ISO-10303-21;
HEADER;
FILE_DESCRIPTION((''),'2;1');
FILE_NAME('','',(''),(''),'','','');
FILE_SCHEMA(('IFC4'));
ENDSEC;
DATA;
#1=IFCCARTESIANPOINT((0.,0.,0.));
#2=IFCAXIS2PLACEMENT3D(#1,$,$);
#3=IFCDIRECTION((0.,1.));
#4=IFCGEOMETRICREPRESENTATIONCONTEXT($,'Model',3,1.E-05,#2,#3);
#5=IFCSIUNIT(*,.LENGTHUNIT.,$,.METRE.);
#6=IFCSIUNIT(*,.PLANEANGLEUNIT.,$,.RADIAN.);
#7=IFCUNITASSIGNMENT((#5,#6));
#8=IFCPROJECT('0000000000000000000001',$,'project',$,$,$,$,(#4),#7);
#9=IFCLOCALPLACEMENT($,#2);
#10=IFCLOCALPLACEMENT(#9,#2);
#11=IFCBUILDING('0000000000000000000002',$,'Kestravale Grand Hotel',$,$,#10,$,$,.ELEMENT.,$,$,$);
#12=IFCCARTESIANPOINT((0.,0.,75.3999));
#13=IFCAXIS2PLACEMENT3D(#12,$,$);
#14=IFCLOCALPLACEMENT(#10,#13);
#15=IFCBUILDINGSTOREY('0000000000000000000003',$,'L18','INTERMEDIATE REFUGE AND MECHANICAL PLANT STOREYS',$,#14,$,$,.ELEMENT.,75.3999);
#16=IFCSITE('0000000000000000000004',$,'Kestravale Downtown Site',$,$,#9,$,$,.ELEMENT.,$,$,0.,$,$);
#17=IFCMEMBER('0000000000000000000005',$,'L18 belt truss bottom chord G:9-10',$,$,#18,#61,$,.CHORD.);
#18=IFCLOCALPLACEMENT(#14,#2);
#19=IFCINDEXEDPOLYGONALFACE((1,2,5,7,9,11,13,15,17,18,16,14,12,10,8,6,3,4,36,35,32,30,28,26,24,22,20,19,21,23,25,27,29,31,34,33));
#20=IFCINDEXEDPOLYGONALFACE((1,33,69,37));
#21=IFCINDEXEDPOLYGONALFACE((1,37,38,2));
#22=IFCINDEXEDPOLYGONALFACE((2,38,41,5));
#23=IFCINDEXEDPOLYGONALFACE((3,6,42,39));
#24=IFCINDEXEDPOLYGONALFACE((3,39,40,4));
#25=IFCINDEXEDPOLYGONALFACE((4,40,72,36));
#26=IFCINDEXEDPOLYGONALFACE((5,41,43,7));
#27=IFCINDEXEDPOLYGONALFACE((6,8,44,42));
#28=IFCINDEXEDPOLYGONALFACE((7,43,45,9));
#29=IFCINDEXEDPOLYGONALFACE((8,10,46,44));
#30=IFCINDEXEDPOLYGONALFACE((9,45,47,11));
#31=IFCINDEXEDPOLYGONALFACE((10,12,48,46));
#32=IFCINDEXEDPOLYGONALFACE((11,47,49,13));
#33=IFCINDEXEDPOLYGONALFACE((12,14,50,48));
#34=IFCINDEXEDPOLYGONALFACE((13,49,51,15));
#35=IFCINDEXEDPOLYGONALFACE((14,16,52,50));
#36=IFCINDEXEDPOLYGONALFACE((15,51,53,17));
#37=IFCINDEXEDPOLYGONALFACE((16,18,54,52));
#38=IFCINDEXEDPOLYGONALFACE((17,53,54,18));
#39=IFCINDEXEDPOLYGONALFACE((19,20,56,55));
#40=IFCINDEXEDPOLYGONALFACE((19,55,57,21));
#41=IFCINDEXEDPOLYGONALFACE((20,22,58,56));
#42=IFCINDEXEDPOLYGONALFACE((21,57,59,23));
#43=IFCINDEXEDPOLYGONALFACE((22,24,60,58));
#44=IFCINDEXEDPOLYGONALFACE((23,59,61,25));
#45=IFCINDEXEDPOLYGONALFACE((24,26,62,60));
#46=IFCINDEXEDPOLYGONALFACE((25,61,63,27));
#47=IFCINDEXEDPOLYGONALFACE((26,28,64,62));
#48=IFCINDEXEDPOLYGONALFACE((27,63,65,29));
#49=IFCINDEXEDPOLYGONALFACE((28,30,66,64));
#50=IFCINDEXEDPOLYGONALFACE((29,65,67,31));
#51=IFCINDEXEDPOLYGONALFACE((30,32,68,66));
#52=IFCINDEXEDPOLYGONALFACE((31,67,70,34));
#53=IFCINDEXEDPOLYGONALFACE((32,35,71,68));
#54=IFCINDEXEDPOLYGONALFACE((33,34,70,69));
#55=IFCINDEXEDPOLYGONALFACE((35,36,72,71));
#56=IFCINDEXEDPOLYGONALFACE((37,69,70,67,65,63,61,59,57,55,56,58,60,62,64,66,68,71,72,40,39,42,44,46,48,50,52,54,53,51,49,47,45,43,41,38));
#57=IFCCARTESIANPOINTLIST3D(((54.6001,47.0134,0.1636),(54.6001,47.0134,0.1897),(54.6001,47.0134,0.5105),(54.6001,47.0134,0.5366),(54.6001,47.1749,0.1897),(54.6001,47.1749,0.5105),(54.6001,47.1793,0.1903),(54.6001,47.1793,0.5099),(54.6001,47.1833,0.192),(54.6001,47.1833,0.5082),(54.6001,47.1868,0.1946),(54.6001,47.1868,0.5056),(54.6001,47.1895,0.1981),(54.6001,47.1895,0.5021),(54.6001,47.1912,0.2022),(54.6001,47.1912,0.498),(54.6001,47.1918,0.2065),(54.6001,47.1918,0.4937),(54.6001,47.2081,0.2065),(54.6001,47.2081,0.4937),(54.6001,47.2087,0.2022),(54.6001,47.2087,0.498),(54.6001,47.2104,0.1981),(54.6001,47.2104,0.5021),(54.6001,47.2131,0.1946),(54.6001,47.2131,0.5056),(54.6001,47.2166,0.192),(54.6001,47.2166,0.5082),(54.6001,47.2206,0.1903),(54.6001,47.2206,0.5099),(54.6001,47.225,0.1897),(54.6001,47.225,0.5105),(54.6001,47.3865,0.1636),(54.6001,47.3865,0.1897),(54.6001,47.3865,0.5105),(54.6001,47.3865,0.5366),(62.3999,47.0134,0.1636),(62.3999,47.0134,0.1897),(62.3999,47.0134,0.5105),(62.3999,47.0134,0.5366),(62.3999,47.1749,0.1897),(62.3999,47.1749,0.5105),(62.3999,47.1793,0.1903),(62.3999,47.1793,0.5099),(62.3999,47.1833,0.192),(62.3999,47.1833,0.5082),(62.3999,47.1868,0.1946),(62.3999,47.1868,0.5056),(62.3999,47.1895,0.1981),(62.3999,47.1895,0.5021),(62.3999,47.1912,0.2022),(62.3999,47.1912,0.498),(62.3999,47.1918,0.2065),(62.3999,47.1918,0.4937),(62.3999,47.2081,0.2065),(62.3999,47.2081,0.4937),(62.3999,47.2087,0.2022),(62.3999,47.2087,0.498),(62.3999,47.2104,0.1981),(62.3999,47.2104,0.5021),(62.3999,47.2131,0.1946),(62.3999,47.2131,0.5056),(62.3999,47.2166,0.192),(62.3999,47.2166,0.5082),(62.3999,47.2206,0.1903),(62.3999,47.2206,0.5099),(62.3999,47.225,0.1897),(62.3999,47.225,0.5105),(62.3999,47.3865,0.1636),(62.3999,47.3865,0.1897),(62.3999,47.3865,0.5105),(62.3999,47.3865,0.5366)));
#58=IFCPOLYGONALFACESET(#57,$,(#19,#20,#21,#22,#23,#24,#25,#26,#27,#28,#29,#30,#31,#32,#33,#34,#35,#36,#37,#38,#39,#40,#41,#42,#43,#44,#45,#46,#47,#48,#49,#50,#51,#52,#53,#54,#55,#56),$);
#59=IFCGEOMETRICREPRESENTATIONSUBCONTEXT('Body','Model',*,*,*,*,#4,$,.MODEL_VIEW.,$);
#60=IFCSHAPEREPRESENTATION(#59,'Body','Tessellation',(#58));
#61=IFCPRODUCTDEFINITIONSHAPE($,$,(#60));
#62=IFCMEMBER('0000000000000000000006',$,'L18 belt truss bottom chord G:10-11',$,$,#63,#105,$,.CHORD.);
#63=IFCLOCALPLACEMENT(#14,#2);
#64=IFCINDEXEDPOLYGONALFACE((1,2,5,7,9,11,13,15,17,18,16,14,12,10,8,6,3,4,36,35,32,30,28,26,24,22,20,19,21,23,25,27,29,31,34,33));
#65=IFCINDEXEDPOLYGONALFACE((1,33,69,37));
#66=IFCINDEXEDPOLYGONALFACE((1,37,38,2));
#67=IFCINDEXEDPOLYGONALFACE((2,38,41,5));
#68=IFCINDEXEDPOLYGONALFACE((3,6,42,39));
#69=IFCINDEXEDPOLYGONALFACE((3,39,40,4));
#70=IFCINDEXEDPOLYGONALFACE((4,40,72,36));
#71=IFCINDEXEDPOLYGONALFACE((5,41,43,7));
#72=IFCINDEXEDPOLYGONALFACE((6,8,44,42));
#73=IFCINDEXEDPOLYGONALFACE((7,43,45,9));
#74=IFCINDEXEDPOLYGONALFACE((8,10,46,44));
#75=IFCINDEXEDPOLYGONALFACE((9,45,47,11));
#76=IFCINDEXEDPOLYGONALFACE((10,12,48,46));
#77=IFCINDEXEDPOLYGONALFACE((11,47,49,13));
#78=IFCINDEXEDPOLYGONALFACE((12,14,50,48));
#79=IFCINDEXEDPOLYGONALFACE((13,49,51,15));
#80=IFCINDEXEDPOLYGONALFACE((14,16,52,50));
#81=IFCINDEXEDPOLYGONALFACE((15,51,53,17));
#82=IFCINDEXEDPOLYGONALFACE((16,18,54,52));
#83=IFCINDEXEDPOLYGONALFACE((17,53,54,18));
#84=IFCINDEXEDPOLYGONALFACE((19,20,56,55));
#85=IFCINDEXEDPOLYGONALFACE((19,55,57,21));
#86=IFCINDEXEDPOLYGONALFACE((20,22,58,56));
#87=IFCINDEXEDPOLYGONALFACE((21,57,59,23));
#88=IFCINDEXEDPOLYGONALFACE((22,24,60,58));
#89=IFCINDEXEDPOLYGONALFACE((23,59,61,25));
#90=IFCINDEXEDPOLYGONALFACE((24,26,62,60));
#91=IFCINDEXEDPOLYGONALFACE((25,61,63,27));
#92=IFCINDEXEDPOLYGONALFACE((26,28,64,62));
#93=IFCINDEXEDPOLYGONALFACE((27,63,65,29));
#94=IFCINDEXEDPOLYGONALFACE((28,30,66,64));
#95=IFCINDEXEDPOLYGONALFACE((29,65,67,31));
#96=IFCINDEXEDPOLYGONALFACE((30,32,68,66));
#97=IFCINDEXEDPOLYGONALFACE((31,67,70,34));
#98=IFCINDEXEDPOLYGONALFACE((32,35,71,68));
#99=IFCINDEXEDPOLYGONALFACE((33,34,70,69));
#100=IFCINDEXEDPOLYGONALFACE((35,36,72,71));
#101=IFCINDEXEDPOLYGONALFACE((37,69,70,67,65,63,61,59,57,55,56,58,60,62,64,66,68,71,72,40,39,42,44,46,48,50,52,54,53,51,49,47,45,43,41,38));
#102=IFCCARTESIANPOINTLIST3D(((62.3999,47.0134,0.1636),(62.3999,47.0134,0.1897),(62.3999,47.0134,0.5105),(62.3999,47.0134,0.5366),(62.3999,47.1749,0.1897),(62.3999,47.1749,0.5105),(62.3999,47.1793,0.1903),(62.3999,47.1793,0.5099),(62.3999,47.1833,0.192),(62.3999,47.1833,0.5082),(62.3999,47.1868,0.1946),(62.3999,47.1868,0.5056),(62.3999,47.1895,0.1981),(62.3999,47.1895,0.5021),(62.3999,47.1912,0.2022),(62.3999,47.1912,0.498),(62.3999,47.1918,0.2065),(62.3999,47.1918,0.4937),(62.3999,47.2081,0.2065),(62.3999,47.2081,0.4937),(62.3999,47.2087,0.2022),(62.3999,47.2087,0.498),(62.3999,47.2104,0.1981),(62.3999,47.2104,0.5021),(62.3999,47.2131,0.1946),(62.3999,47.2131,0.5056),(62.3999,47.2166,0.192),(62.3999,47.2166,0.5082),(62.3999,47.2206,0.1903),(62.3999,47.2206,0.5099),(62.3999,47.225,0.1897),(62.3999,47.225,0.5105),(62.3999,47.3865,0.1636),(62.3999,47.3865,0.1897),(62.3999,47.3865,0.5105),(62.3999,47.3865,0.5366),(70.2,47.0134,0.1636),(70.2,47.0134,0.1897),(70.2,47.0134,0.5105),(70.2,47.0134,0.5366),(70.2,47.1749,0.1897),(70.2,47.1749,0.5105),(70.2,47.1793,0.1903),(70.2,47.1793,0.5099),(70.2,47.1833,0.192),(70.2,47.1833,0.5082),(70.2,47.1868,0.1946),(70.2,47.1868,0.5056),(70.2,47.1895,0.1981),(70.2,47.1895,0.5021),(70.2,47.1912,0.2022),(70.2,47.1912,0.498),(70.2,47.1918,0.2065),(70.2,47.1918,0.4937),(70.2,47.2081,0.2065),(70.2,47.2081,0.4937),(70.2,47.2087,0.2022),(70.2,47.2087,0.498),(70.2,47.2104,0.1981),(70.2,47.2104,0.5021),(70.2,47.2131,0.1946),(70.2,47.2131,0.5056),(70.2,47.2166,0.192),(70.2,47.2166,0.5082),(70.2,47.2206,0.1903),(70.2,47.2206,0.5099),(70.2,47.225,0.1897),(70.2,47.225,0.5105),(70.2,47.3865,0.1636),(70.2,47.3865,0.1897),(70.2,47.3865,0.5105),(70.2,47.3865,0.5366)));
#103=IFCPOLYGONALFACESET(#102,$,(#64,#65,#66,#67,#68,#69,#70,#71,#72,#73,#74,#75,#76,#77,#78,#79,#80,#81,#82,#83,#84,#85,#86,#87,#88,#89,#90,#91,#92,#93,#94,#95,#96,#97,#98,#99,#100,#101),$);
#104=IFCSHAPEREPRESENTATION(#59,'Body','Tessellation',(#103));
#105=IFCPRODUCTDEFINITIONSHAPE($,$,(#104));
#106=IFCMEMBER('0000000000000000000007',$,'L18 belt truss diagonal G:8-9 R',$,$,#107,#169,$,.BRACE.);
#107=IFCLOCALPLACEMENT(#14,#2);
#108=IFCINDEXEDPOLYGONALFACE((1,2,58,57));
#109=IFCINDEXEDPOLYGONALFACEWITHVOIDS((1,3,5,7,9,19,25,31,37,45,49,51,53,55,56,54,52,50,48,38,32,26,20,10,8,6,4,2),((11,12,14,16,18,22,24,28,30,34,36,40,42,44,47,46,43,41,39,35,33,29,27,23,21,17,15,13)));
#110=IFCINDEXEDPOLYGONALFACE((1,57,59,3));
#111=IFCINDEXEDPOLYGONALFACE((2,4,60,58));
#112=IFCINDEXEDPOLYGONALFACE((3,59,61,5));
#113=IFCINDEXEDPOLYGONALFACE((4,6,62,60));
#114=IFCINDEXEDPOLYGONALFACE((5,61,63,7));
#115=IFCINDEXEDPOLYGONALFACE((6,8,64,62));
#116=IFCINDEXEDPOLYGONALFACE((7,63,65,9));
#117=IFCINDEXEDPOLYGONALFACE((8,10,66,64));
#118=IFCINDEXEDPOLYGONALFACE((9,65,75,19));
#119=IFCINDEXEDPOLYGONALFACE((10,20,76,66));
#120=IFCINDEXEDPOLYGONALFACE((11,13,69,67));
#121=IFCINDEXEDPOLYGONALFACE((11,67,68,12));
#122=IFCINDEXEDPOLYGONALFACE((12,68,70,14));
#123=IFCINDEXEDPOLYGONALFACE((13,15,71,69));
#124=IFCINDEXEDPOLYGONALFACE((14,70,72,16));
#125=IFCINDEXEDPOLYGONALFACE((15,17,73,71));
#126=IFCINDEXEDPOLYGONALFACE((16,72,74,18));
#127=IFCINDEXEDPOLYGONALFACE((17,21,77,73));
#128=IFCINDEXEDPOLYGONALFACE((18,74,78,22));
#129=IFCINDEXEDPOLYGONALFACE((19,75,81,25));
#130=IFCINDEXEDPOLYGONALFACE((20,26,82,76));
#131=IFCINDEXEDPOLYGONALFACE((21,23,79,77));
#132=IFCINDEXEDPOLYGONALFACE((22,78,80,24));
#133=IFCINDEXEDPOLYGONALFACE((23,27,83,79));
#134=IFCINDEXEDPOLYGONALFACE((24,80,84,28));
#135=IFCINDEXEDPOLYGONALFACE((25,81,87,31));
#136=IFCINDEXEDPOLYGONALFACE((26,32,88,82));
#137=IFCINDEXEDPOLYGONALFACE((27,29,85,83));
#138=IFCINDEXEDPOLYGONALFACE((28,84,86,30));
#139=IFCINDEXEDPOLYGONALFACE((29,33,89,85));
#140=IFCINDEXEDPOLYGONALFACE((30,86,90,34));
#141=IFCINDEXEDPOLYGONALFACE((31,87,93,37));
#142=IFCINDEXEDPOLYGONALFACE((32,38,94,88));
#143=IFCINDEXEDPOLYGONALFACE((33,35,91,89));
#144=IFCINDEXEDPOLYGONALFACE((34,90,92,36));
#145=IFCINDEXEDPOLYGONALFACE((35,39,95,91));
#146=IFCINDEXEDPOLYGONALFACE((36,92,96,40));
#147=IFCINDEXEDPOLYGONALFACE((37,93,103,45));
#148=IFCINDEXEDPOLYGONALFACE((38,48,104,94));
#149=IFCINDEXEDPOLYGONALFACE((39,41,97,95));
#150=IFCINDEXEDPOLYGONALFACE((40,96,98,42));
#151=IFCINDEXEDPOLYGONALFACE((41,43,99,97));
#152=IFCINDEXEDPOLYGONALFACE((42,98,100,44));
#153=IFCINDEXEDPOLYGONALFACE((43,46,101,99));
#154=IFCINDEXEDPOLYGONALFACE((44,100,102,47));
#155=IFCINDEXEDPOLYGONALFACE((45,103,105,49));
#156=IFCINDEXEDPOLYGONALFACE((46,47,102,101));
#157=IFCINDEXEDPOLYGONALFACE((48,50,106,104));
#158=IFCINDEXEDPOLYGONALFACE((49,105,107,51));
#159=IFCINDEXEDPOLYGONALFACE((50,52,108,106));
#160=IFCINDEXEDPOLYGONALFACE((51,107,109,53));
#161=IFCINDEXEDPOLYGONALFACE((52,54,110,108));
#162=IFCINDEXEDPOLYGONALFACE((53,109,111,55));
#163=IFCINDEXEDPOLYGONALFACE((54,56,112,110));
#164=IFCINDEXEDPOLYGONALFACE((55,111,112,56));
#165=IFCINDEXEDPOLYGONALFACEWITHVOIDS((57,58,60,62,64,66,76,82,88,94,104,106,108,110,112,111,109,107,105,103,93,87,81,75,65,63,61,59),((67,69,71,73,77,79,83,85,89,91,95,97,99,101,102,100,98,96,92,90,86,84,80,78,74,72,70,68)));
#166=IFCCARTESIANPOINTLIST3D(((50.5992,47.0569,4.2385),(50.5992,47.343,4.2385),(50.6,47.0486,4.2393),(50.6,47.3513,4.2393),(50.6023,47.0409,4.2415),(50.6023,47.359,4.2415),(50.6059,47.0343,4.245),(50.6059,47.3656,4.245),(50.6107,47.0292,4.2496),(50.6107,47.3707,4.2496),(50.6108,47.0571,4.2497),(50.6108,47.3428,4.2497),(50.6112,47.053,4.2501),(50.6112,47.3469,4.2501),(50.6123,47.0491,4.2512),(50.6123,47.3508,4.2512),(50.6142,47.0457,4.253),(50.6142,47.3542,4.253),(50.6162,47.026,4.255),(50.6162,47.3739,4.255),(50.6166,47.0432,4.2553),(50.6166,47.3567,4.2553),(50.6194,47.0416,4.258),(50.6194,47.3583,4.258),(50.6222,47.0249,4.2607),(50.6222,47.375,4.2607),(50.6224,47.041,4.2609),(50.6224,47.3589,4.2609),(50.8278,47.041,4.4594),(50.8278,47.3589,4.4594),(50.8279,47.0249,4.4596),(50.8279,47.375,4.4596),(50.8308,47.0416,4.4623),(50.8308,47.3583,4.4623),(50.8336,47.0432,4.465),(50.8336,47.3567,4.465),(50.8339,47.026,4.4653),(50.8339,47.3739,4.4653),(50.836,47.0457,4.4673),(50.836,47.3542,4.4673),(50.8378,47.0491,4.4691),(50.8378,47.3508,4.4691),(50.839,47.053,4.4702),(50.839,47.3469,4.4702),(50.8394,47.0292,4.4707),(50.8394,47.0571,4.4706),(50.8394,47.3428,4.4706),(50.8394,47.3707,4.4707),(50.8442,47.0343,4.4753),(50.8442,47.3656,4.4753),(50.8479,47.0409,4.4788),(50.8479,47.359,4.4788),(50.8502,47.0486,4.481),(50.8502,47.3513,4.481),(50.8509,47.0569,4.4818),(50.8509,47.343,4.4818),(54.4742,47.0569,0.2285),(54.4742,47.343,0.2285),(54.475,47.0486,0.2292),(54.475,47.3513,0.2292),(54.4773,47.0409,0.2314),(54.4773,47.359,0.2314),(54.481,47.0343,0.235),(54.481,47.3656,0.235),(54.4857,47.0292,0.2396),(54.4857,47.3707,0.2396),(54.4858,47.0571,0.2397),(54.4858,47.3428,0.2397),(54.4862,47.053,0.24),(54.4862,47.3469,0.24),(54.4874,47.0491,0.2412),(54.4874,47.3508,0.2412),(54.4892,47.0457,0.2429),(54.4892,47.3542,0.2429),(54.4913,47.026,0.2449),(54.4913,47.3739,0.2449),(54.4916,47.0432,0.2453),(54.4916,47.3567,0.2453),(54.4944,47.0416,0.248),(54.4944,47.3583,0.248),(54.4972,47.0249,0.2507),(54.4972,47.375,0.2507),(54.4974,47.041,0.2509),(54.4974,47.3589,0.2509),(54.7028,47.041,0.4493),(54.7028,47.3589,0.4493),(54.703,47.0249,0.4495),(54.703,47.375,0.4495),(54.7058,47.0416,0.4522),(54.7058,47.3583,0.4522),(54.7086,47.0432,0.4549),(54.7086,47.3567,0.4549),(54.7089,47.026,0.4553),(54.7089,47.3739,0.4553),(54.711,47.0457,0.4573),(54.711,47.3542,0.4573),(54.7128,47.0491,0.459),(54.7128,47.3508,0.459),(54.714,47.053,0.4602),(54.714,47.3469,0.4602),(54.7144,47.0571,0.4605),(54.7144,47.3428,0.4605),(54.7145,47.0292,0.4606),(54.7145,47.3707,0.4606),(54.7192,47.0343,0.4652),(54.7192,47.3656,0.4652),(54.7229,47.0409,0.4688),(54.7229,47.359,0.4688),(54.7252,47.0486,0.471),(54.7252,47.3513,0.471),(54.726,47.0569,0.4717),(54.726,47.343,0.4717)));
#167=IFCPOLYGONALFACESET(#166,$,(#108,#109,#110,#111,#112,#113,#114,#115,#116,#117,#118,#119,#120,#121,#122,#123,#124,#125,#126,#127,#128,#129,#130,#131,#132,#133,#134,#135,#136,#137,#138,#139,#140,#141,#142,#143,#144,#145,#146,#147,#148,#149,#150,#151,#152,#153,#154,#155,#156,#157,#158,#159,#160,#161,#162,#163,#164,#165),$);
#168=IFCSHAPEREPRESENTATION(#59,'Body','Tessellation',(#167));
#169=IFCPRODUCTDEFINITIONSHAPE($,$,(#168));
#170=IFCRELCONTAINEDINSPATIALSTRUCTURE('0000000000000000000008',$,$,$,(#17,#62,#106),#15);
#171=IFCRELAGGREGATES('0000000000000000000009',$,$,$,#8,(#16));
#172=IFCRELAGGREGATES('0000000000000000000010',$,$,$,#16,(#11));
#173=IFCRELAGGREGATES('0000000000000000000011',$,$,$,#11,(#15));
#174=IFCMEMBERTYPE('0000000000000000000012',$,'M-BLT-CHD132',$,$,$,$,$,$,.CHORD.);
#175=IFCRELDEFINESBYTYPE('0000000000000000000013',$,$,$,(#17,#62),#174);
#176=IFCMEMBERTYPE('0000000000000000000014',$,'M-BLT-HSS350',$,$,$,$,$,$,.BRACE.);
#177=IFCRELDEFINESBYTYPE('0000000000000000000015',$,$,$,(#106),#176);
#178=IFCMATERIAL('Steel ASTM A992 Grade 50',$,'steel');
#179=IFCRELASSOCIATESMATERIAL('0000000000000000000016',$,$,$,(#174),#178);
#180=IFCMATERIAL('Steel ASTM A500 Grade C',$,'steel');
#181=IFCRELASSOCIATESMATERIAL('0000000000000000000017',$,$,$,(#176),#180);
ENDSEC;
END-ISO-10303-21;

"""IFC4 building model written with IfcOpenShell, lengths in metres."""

from ifc_helpers import new_model, si_unit, direction, frame, origin, origin_2d, place, context, subcontext, project, spatial, hollow_rectangle, i_section, extrude, material, material_profile, profile_set, type_object, element, save


model = new_model("IFC4")

# Units and contexts
model_context = context("Model", 3, precision=1e-05, world=origin(), true_north=direction((0.0, 1.0)))
body_context = subcontext(model_context, "Body", "Model", "MODEL_VIEW")
ifc_project = project(units=[si_unit("LENGTHUNIT", "METRE"), si_unit("PLANEANGLEUNIT", "RADIAN")], contexts=[model_context])

# Site, building, storey
site_placement = place(None, origin())
site = spatial("IfcSite", under=ifc_project, at=site_placement, Name="Kestravale Downtown Site", CompositionType="ELEMENT", RefElevation=0.0)
building_placement = place(site_placement, origin())
building = spatial("IfcBuilding", under=site, at=building_placement, Name="Kestravale Grand Hotel", CompositionType="ELEMENT")
storey_placement = place(building_placement, frame((0.0, 0.0, 75.3999)))
storey = spatial("IfcBuildingStorey", under=building, at=storey_placement, Name="L18", Description="INTERMEDIATE REFUGE AND MECHANICAL PLANT STOREYS", CompositionType="ELEMENT", Elevation=75.3999)

# Members
ifc_material_1 = material(Name="Steel ASTM A992 Grade 50", Category="steel")
ifc_material_profile_1 = material_profile(ifc_material_1, i_section(OverallWidth=0.373, OverallDepth=0.373, WebThickness=0.0164, FlangeThickness=0.0261, FilletRadius=0.0168, at=origin_2d()))
ifc_profile_set_1 = profile_set([ifc_material_profile_1], Name="Steel ASTM A992 Grade 50")
member_type_1 = type_object("IfcMemberType", Name="M-BLT-CHD132", PredefinedType="CHORD", material=ifc_profile_set_1)
member_1_placement = place(storey_placement, frame((54.6001, 47.2, 0.3501), z_axis=(1.0, 0.0, 0.0), x_axis=(0.0, 1.0, 0.0)))
element("IfcMember", 1, at=member_1_placement, inside=storey, type_object=member_type_1, Name="L18 belt truss bottom chord G:9-10", PredefinedType="CHORD", context=body_context, shape_type="SweptSolid", body=[
    extrude(i_section(OverallWidth=0.373, OverallDepth=0.373, WebThickness=0.0164, FlangeThickness=0.0261, FilletRadius=0.0168, at=origin_2d()), origin(), (0.0, 0.0, 1.0), 7.7998),
])
member_2_placement = place(storey_placement, frame((62.3999, 47.2, 0.3501), z_axis=(1.0, 0.0, 0.0), x_axis=(0.0, 1.0, 0.0)))
element("IfcMember", 2, at=member_2_placement, inside=storey, type_object=member_type_1, Name="L18 belt truss bottom chord G:10-11", PredefinedType="CHORD", context=body_context, shape_type="SweptSolid", body=[
    extrude(i_section(OverallWidth=0.373, OverallDepth=0.373, WebThickness=0.0164, FlangeThickness=0.0261, FilletRadius=0.0168, at=origin_2d()), origin(), (0.0, 0.0, 1.0), 7.8),
])
ifc_material_2 = material(Name="Steel ASTM A500 Grade C", Category="steel")
ifc_material_profile_2 = material_profile(ifc_material_2, hollow_rectangle(XDim=0.3501, YDim=0.3501, WallThickness=0.0161, InnerFilletRadius=0.0161, OuterFilletRadius=0.032, at=origin_2d()))
ifc_profile_set_2 = profile_set([ifc_material_profile_2], Name="Steel ASTM A500 Grade C")
member_type_2 = type_object("IfcMemberType", Name="M-BLT-HSS350", PredefinedType="BRACE", material=ifc_profile_set_2)
for number, where, z_axis, x_axis, name in (
    (3, (54.6001, 47.2, 0.3501), (-0.694898, 0.0, 0.719109), (0.0, -1.0, 0.0), "L18 belt truss diagonal G:8-9 R"),
):
    element("IfcMember", number, at=place(storey_placement, frame(where, z_axis=z_axis, x_axis=x_axis)), inside=storey, type_object=member_type_2, Name=name, PredefinedType="BRACE", context=body_context, shape_type="SweptSolid", body=[
        extrude(hollow_rectangle(XDim=0.3501, YDim=0.3501, WallThickness=0.0161, InnerFilletRadius=0.0161, OuterFilletRadius=0.032, at=origin_2d()), origin(), (0.0, 0.0, 1.0), 5.5764),
    ])

save(model, "model.ifc")
